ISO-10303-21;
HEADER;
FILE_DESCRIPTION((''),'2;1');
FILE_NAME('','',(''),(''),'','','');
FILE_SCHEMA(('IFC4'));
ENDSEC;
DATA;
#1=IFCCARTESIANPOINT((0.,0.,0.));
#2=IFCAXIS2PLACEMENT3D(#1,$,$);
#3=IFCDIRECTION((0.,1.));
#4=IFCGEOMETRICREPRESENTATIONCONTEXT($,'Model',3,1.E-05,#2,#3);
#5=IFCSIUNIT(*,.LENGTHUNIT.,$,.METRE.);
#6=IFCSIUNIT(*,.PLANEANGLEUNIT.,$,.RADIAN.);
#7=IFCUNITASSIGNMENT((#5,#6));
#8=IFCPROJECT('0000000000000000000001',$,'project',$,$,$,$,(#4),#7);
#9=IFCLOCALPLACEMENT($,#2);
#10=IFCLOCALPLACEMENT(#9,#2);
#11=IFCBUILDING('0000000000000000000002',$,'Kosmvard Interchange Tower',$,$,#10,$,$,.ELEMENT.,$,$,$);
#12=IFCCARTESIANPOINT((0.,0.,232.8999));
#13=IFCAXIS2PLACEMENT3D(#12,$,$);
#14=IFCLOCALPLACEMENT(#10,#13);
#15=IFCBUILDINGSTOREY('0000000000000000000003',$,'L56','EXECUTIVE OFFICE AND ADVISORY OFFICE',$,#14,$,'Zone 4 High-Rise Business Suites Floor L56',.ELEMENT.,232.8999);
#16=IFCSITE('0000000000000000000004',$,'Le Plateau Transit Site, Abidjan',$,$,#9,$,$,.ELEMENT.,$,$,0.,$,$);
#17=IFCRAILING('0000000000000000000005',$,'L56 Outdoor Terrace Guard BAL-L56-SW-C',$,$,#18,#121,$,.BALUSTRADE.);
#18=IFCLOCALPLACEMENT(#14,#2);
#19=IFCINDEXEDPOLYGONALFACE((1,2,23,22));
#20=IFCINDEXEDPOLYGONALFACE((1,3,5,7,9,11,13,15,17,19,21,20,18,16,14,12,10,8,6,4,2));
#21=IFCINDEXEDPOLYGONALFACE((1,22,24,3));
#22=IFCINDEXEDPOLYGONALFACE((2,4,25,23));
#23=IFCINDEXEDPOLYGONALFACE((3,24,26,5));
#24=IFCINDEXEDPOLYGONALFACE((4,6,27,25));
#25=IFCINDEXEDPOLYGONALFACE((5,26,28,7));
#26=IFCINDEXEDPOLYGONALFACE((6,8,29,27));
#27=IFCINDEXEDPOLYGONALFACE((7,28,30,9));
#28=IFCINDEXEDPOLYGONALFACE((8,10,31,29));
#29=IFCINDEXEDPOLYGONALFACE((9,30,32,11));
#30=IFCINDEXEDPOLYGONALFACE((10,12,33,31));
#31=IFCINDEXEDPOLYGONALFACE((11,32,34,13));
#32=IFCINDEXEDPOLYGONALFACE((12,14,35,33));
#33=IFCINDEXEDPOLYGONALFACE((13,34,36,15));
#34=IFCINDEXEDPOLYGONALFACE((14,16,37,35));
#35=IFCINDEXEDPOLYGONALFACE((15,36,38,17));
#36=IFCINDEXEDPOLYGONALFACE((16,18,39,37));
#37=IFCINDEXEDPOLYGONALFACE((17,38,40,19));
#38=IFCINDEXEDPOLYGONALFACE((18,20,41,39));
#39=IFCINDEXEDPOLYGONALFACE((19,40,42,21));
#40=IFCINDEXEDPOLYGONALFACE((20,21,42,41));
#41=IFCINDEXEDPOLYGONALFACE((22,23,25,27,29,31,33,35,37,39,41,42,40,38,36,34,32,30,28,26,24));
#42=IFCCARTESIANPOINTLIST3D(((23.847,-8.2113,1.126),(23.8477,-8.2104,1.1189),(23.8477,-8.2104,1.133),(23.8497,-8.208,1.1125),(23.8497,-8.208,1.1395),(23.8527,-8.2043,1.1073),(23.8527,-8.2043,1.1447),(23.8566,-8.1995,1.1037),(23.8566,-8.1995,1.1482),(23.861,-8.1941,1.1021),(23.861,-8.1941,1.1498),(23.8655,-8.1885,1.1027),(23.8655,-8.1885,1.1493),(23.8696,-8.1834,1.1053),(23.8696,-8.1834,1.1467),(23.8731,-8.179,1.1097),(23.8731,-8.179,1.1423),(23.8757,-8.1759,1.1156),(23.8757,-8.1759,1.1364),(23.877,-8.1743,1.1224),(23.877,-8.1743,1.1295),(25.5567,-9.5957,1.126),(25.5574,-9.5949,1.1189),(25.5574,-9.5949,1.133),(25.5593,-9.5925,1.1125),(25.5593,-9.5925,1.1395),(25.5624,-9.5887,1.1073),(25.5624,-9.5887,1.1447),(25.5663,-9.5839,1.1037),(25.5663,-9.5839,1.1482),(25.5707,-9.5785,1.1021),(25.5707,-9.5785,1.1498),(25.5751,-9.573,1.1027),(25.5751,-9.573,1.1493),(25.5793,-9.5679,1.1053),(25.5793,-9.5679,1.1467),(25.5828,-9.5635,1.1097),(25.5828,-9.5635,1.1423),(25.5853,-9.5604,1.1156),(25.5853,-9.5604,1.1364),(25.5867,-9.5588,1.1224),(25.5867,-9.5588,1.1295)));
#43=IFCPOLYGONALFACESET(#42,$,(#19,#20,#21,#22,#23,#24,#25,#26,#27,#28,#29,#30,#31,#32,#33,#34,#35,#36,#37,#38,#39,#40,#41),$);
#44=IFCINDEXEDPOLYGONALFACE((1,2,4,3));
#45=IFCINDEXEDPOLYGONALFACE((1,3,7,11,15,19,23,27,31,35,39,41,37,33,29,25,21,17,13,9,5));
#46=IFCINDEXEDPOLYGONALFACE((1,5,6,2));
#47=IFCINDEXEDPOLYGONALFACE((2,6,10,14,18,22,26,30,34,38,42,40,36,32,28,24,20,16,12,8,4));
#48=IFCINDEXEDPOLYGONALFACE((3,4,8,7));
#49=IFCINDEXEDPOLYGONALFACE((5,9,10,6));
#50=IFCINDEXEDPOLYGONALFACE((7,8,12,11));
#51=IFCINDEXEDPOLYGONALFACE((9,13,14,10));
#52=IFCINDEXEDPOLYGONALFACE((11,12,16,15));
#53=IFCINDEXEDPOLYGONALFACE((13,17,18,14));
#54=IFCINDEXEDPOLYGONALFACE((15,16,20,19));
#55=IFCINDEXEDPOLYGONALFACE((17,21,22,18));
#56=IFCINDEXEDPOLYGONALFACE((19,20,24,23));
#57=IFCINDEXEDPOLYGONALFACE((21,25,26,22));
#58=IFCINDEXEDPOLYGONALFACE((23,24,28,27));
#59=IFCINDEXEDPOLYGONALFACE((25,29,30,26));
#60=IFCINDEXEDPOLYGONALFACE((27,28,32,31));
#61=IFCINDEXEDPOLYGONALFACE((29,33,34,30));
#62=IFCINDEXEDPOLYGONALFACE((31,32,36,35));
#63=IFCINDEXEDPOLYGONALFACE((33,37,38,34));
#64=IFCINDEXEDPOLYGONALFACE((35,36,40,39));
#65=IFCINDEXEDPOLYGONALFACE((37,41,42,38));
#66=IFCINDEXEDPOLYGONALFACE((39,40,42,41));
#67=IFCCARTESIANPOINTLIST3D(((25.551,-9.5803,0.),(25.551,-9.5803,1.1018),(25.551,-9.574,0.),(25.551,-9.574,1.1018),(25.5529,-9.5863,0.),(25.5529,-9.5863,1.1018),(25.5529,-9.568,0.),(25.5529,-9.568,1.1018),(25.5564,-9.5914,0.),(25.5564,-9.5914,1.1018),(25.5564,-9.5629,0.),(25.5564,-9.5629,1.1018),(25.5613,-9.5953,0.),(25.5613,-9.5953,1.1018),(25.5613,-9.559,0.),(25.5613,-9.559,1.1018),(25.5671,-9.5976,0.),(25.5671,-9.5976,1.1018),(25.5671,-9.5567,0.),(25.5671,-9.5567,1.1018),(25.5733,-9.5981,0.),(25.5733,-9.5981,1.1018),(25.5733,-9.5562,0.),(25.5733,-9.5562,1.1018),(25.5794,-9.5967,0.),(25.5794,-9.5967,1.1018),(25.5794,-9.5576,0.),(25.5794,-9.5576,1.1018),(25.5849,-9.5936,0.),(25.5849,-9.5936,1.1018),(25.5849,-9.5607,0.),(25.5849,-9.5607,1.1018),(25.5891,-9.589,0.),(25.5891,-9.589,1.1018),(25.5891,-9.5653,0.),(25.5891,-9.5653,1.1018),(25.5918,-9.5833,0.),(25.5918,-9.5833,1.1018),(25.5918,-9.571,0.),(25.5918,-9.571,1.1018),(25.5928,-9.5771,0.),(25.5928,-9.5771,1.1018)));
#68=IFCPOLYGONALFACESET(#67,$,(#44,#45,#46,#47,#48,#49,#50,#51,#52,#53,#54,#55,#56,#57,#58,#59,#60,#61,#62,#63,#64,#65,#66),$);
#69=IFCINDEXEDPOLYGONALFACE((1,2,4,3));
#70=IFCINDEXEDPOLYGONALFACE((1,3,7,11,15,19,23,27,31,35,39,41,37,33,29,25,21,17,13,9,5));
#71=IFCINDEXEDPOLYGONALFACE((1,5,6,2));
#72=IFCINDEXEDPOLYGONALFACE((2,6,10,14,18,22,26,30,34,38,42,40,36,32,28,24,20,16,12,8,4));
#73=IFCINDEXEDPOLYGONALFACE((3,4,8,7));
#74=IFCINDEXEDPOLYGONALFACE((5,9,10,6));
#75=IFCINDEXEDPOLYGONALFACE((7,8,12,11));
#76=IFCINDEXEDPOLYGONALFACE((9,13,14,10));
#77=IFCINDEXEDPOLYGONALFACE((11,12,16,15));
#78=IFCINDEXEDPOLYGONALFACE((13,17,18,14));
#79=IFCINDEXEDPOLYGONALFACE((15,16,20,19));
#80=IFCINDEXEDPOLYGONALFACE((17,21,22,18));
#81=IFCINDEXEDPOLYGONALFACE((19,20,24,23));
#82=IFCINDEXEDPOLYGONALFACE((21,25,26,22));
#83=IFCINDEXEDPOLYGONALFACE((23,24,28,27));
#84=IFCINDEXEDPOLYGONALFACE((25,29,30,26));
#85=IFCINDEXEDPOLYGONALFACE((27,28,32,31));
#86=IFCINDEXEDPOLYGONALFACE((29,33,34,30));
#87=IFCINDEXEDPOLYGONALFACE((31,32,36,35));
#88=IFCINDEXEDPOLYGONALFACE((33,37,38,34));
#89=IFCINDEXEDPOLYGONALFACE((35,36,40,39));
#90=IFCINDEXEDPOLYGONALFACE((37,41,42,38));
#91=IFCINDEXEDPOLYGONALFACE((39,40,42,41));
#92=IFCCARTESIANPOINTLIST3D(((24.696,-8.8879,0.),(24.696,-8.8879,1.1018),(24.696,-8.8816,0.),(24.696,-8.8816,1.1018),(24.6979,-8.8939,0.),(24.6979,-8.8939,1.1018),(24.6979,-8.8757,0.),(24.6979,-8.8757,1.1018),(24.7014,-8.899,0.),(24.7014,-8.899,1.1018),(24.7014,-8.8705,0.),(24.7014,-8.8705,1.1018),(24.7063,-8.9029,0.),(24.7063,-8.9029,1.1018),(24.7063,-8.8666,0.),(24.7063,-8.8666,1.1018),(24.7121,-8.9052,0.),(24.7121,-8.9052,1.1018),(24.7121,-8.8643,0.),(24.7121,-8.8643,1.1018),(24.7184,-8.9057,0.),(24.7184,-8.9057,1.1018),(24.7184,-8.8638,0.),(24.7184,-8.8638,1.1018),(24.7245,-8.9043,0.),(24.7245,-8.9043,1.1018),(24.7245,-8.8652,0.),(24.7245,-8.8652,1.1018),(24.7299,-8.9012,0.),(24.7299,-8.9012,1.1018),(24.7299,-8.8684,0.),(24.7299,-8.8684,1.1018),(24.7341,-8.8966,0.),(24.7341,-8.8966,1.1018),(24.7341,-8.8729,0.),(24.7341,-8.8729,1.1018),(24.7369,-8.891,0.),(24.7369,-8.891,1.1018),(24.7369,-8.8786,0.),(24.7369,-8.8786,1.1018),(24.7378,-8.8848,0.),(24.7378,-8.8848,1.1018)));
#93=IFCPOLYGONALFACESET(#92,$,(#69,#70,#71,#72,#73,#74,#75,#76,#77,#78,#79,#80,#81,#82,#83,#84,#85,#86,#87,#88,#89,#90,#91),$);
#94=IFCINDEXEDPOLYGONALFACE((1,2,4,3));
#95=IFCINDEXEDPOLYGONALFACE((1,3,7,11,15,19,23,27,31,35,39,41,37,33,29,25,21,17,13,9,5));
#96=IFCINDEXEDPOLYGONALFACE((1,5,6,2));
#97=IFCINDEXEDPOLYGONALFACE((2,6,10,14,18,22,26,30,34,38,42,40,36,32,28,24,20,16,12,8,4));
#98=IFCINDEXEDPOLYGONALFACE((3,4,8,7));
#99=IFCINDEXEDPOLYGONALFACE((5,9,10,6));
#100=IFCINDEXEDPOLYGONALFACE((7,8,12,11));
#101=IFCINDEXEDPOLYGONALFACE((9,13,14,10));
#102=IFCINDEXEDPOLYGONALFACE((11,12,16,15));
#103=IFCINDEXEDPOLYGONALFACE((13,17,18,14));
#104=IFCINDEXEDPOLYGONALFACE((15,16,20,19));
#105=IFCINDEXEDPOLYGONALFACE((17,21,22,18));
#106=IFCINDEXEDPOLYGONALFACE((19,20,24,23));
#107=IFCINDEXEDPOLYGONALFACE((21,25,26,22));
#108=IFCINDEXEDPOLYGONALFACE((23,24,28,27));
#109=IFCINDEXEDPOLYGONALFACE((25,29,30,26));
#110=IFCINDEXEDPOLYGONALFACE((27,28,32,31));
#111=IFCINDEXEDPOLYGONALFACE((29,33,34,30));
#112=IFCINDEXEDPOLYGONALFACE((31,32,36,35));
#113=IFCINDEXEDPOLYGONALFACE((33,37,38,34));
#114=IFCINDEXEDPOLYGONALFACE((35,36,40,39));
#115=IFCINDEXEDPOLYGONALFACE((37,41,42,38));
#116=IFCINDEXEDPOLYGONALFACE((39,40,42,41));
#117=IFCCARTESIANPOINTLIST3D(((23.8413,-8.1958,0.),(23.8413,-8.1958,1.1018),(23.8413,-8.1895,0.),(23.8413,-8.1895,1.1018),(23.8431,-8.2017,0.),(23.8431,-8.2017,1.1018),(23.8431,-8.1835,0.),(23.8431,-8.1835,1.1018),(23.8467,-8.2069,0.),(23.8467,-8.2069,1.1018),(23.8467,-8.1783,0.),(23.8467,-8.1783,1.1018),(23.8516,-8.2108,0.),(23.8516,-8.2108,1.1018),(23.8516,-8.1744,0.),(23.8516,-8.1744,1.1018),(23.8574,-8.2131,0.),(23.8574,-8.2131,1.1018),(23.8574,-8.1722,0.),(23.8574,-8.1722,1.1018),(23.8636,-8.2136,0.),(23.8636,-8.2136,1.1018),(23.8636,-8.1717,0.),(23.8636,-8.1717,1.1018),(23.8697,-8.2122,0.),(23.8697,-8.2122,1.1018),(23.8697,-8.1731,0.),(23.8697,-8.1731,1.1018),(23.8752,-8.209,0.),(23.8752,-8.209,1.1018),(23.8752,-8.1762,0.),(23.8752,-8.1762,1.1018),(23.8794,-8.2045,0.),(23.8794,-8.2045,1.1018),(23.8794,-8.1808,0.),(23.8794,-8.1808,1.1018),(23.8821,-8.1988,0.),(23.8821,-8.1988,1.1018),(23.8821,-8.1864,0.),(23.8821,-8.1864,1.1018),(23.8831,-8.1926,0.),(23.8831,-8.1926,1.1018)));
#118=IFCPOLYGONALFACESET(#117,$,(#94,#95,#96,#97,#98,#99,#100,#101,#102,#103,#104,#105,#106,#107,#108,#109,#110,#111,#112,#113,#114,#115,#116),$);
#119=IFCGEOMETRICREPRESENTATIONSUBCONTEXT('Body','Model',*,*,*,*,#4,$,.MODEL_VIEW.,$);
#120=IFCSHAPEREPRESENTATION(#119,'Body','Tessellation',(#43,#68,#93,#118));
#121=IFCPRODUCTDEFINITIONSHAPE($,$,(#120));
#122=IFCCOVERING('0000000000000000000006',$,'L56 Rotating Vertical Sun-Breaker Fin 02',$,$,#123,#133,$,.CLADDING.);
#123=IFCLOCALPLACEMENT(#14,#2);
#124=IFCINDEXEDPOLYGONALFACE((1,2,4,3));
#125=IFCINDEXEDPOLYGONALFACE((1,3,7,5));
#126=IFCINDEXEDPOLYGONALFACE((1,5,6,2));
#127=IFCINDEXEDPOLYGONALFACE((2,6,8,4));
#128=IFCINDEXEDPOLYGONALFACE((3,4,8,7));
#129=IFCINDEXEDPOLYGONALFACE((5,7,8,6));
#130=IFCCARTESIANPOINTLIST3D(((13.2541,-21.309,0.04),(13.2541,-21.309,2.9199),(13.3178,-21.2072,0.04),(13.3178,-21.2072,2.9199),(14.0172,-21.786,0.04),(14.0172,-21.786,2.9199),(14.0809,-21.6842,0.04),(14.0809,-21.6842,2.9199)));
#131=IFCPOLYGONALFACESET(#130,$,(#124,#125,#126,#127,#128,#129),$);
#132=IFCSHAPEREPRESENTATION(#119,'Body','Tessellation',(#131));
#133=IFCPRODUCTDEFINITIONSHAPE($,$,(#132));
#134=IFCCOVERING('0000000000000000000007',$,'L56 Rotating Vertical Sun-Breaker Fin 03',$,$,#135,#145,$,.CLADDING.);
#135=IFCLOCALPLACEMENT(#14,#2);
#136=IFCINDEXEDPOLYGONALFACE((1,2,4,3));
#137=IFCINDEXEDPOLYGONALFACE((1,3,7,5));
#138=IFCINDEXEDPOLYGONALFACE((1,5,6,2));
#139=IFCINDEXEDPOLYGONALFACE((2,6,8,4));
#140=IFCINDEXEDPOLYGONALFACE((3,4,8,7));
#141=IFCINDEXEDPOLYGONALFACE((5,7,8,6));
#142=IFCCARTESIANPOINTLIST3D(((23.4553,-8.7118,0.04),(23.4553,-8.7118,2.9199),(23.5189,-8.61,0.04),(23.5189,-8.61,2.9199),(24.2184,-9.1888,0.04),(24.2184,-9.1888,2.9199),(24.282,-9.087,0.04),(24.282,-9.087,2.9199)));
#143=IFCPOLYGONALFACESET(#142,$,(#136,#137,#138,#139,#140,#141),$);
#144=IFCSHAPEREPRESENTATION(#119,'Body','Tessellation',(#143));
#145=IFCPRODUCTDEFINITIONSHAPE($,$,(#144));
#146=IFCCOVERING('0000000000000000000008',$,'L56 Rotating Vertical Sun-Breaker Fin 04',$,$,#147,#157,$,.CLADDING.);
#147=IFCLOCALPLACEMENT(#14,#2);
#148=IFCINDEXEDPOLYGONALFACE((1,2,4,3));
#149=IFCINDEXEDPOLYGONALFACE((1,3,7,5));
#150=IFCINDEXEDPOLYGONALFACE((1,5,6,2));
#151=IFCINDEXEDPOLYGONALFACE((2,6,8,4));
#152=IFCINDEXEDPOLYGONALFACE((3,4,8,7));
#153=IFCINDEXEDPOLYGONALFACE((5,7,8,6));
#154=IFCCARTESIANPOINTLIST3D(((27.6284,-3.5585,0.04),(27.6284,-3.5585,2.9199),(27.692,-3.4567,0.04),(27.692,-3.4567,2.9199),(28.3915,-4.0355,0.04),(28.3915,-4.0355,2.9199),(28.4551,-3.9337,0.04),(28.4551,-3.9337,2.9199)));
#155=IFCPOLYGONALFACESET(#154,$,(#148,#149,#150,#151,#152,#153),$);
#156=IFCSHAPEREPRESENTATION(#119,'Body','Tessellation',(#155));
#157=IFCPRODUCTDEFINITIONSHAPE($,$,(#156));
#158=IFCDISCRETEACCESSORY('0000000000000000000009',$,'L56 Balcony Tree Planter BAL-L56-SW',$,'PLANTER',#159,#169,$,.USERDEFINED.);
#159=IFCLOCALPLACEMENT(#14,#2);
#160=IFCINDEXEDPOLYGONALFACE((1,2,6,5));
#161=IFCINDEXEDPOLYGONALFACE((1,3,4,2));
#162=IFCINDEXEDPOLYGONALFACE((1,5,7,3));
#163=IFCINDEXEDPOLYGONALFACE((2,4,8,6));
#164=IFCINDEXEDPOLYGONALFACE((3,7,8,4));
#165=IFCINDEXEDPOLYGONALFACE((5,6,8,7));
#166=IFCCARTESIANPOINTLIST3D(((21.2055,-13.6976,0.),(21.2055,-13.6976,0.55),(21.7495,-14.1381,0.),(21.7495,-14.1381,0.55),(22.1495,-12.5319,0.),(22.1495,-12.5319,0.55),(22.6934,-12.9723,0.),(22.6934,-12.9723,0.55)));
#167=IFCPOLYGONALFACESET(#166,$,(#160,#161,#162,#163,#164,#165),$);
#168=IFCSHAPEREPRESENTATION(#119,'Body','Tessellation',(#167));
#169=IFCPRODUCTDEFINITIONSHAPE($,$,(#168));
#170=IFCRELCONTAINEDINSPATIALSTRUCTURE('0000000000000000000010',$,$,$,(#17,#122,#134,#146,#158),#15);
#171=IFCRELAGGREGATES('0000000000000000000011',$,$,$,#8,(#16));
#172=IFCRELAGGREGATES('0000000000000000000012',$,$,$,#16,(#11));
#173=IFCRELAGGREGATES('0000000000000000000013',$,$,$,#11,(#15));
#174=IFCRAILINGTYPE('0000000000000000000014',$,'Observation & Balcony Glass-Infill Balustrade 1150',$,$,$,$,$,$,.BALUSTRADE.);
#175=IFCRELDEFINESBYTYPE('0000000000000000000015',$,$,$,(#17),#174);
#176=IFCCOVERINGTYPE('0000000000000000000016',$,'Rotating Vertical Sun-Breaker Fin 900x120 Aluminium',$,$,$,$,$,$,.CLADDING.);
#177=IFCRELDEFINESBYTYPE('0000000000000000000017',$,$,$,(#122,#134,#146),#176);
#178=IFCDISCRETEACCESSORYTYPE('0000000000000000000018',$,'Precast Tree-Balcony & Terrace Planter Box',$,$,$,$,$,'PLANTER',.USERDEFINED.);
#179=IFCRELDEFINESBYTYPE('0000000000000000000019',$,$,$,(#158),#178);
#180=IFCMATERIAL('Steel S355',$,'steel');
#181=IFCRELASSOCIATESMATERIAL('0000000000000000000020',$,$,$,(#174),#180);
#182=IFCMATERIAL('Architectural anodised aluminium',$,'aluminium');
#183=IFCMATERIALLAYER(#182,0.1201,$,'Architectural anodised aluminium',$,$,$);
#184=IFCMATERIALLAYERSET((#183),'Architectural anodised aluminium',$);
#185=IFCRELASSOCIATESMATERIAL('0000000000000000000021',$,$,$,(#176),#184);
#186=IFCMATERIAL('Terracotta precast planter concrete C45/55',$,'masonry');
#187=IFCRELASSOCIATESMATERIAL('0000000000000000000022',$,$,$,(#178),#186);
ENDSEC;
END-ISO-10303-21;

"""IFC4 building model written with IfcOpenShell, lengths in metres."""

from ifc_helpers import new_model, si_unit, direction, frame, origin, origin_2d, place, context, subcontext, project, spatial, rectangle, circle, extrude, source, transform, mapped, material, layer, layer_set, type_object, element, save


model = new_model("IFC4")

# Units and contexts
model_context = context("Model", 3, precision=1e-05, world=origin(), true_north=direction((0.0, 1.0)))
body_context = subcontext(model_context, "Body", "Model", "MODEL_VIEW")
ifc_project = project(units=[si_unit("LENGTHUNIT", "METRE"), si_unit("PLANEANGLEUNIT", "RADIAN")], contexts=[model_context])

# Site, building, storey
site_placement = place(None, origin())
site = spatial("IfcSite", under=ifc_project, at=site_placement, Name="Le Plateau Transit Site, Abidjan", CompositionType="ELEMENT", RefElevation=0.0)
building_placement = place(site_placement, origin())
building = spatial("IfcBuilding", under=site, at=building_placement, Name="Kosmvard Interchange Tower", CompositionType="ELEMENT")
storey_placement = place(building_placement, frame((0.0, 0.0, 232.8999)))
storey = spatial("IfcBuildingStorey", under=building, at=storey_placement, Name="L56", Description="EXECUTIVE OFFICE AND ADVISORY OFFICE", LongName="Zone 4 High-Rise Business Suites Floor L56", CompositionType="ELEMENT", Elevation=232.8999)

# Shared definitions
ifc_material_1 = material(Name="Steel S355", Category="steel")

# Railing
railing_type = type_object("IfcRailingType", Name="Observation & Balcony Glass-Infill Balustrade 1150", PredefinedType="BALUSTRADE", material=ifc_material_1)
shared_shape_1 = source(origin(), body_context, "Body", "SweptSolid", [
    extrude(circle(Radius=0.0239, at=origin_2d()), frame((0.0, 0.0, 1.126), z_axis=(-0.777141, 0.629326, 0.0), x_axis=(-0.629326, -0.777141, 0.0)), (0.0, 0.0, 1.0), 2.2),
    extrude(circle(Radius=0.021, at=origin_2d()), origin(), (0.0, 0.0, 1.0), 1.1018),
    extrude(circle(Radius=0.021, at=origin_2d()), frame((-0.855, 0.6924, 0.0)), (0.0, 0.0, 1.0), 1.1018),
    extrude(circle(Radius=0.021, at=origin_2d()), frame((-1.7097, 1.3845, 0.0)), (0.0, 0.0, 1.0), 1.1018),
])
railing_1_placement = place(storey_placement, frame((25.5718, -9.5771, 0.0)))
element("IfcRailing", 1, at=railing_1_placement, inside=storey, type_object=railing_type, Name="L56 Outdoor Terrace Guard BAL-L56-SW-C", PredefinedType="BALUSTRADE", context=body_context, shape_type="MappedRepresentation", body=[
    mapped(shared_shape_1, transform((0.0, 0.0, 0.0), scale=1.0)),
])

# Coverings
ifc_material_2 = material(Name="Architectural anodised aluminium", Category="aluminium")
ifc_layer_1 = layer(ifc_material_2, 0.1201, Name="Architectural anodised aluminium")
ifc_layer_set_1 = layer_set([ifc_layer_1], Name="Architectural anodised aluminium")
covering_type = type_object("IfcCoveringType", Name="Rotating Vertical Sun-Breaker Fin 900x120 Aluminium", PredefinedType="CLADDING", material=ifc_layer_set_1)
shared_shape_2 = source(origin(), body_context, "Body", "SweptSolid", [
    extrude(rectangle(XDim=0.8999, YDim=0.1201, at=origin_2d()), origin(), (0.0, 0.0, 1.0), 2.8799),
])
for number, where, z_axis, x_axis, name in (
    (2, (13.6675, -21.4966, 0.04), (0.0, 0.0, 1.0), (0.847956, -0.530067, 0.0), "L56 Rotating Vertical Sun-Breaker Fin 02"),
    (3, (23.8687, -8.8994, 0.04), (0.0, 0.0, 1.0), (0.847956, -0.530067, 0.0), "L56 Rotating Vertical Sun-Breaker Fin 03"),
    (4, (28.0417, -3.7461, 0.04), (0.0, 0.0, 1.0), (0.847956, -0.530067, 0.0), "L56 Rotating Vertical Sun-Breaker Fin 04"),
):
    element("IfcCovering", number, at=place(storey_placement, frame(where, z_axis=z_axis, x_axis=x_axis)), inside=storey, type_object=covering_type, Name=name, PredefinedType="CLADDING", context=body_context, shape_type="MappedRepresentation", body=[
        mapped(shared_shape_2, transform((0.0, 0.0, 0.0), scale=1.0)),
    ])

# Discrete accessory
ifc_material_3 = material(Name="Terracotta precast planter concrete C45/55", Category="masonry")
discrete_accessory_type = type_object("IfcDiscreteAccessoryType", Name="Precast Tree-Balcony & Terrace Planter Box", ElementType="PLANTER", PredefinedType="USERDEFINED", material=ifc_material_3)
shared_shape_3 = source(origin(), body_context, "Body", "SweptSolid", [
    extrude(rectangle(XDim=1.5, YDim=0.7, at=origin_2d()), origin(), (0.0, 0.0, 1.0), 0.55),
])
discrete_accessory_placement = place(storey_placement, frame((21.9495, -13.335, 0.0), z_axis=(0.0, 0.0, 1.0), x_axis=(0.62932, 0.777146, 0.0)))
element("IfcDiscreteAccessory", 5, at=discrete_accessory_placement, inside=storey, type_object=discrete_accessory_type, Name="L56 Balcony Tree Planter BAL-L56-SW", ObjectType="PLANTER", PredefinedType="USERDEFINED", context=body_context, shape_type="MappedRepresentation", body=[
    mapped(shared_shape_3, transform((0.0, 0.0, 0.0), scale=1.0)),
])

save(model, "model.ifc")
